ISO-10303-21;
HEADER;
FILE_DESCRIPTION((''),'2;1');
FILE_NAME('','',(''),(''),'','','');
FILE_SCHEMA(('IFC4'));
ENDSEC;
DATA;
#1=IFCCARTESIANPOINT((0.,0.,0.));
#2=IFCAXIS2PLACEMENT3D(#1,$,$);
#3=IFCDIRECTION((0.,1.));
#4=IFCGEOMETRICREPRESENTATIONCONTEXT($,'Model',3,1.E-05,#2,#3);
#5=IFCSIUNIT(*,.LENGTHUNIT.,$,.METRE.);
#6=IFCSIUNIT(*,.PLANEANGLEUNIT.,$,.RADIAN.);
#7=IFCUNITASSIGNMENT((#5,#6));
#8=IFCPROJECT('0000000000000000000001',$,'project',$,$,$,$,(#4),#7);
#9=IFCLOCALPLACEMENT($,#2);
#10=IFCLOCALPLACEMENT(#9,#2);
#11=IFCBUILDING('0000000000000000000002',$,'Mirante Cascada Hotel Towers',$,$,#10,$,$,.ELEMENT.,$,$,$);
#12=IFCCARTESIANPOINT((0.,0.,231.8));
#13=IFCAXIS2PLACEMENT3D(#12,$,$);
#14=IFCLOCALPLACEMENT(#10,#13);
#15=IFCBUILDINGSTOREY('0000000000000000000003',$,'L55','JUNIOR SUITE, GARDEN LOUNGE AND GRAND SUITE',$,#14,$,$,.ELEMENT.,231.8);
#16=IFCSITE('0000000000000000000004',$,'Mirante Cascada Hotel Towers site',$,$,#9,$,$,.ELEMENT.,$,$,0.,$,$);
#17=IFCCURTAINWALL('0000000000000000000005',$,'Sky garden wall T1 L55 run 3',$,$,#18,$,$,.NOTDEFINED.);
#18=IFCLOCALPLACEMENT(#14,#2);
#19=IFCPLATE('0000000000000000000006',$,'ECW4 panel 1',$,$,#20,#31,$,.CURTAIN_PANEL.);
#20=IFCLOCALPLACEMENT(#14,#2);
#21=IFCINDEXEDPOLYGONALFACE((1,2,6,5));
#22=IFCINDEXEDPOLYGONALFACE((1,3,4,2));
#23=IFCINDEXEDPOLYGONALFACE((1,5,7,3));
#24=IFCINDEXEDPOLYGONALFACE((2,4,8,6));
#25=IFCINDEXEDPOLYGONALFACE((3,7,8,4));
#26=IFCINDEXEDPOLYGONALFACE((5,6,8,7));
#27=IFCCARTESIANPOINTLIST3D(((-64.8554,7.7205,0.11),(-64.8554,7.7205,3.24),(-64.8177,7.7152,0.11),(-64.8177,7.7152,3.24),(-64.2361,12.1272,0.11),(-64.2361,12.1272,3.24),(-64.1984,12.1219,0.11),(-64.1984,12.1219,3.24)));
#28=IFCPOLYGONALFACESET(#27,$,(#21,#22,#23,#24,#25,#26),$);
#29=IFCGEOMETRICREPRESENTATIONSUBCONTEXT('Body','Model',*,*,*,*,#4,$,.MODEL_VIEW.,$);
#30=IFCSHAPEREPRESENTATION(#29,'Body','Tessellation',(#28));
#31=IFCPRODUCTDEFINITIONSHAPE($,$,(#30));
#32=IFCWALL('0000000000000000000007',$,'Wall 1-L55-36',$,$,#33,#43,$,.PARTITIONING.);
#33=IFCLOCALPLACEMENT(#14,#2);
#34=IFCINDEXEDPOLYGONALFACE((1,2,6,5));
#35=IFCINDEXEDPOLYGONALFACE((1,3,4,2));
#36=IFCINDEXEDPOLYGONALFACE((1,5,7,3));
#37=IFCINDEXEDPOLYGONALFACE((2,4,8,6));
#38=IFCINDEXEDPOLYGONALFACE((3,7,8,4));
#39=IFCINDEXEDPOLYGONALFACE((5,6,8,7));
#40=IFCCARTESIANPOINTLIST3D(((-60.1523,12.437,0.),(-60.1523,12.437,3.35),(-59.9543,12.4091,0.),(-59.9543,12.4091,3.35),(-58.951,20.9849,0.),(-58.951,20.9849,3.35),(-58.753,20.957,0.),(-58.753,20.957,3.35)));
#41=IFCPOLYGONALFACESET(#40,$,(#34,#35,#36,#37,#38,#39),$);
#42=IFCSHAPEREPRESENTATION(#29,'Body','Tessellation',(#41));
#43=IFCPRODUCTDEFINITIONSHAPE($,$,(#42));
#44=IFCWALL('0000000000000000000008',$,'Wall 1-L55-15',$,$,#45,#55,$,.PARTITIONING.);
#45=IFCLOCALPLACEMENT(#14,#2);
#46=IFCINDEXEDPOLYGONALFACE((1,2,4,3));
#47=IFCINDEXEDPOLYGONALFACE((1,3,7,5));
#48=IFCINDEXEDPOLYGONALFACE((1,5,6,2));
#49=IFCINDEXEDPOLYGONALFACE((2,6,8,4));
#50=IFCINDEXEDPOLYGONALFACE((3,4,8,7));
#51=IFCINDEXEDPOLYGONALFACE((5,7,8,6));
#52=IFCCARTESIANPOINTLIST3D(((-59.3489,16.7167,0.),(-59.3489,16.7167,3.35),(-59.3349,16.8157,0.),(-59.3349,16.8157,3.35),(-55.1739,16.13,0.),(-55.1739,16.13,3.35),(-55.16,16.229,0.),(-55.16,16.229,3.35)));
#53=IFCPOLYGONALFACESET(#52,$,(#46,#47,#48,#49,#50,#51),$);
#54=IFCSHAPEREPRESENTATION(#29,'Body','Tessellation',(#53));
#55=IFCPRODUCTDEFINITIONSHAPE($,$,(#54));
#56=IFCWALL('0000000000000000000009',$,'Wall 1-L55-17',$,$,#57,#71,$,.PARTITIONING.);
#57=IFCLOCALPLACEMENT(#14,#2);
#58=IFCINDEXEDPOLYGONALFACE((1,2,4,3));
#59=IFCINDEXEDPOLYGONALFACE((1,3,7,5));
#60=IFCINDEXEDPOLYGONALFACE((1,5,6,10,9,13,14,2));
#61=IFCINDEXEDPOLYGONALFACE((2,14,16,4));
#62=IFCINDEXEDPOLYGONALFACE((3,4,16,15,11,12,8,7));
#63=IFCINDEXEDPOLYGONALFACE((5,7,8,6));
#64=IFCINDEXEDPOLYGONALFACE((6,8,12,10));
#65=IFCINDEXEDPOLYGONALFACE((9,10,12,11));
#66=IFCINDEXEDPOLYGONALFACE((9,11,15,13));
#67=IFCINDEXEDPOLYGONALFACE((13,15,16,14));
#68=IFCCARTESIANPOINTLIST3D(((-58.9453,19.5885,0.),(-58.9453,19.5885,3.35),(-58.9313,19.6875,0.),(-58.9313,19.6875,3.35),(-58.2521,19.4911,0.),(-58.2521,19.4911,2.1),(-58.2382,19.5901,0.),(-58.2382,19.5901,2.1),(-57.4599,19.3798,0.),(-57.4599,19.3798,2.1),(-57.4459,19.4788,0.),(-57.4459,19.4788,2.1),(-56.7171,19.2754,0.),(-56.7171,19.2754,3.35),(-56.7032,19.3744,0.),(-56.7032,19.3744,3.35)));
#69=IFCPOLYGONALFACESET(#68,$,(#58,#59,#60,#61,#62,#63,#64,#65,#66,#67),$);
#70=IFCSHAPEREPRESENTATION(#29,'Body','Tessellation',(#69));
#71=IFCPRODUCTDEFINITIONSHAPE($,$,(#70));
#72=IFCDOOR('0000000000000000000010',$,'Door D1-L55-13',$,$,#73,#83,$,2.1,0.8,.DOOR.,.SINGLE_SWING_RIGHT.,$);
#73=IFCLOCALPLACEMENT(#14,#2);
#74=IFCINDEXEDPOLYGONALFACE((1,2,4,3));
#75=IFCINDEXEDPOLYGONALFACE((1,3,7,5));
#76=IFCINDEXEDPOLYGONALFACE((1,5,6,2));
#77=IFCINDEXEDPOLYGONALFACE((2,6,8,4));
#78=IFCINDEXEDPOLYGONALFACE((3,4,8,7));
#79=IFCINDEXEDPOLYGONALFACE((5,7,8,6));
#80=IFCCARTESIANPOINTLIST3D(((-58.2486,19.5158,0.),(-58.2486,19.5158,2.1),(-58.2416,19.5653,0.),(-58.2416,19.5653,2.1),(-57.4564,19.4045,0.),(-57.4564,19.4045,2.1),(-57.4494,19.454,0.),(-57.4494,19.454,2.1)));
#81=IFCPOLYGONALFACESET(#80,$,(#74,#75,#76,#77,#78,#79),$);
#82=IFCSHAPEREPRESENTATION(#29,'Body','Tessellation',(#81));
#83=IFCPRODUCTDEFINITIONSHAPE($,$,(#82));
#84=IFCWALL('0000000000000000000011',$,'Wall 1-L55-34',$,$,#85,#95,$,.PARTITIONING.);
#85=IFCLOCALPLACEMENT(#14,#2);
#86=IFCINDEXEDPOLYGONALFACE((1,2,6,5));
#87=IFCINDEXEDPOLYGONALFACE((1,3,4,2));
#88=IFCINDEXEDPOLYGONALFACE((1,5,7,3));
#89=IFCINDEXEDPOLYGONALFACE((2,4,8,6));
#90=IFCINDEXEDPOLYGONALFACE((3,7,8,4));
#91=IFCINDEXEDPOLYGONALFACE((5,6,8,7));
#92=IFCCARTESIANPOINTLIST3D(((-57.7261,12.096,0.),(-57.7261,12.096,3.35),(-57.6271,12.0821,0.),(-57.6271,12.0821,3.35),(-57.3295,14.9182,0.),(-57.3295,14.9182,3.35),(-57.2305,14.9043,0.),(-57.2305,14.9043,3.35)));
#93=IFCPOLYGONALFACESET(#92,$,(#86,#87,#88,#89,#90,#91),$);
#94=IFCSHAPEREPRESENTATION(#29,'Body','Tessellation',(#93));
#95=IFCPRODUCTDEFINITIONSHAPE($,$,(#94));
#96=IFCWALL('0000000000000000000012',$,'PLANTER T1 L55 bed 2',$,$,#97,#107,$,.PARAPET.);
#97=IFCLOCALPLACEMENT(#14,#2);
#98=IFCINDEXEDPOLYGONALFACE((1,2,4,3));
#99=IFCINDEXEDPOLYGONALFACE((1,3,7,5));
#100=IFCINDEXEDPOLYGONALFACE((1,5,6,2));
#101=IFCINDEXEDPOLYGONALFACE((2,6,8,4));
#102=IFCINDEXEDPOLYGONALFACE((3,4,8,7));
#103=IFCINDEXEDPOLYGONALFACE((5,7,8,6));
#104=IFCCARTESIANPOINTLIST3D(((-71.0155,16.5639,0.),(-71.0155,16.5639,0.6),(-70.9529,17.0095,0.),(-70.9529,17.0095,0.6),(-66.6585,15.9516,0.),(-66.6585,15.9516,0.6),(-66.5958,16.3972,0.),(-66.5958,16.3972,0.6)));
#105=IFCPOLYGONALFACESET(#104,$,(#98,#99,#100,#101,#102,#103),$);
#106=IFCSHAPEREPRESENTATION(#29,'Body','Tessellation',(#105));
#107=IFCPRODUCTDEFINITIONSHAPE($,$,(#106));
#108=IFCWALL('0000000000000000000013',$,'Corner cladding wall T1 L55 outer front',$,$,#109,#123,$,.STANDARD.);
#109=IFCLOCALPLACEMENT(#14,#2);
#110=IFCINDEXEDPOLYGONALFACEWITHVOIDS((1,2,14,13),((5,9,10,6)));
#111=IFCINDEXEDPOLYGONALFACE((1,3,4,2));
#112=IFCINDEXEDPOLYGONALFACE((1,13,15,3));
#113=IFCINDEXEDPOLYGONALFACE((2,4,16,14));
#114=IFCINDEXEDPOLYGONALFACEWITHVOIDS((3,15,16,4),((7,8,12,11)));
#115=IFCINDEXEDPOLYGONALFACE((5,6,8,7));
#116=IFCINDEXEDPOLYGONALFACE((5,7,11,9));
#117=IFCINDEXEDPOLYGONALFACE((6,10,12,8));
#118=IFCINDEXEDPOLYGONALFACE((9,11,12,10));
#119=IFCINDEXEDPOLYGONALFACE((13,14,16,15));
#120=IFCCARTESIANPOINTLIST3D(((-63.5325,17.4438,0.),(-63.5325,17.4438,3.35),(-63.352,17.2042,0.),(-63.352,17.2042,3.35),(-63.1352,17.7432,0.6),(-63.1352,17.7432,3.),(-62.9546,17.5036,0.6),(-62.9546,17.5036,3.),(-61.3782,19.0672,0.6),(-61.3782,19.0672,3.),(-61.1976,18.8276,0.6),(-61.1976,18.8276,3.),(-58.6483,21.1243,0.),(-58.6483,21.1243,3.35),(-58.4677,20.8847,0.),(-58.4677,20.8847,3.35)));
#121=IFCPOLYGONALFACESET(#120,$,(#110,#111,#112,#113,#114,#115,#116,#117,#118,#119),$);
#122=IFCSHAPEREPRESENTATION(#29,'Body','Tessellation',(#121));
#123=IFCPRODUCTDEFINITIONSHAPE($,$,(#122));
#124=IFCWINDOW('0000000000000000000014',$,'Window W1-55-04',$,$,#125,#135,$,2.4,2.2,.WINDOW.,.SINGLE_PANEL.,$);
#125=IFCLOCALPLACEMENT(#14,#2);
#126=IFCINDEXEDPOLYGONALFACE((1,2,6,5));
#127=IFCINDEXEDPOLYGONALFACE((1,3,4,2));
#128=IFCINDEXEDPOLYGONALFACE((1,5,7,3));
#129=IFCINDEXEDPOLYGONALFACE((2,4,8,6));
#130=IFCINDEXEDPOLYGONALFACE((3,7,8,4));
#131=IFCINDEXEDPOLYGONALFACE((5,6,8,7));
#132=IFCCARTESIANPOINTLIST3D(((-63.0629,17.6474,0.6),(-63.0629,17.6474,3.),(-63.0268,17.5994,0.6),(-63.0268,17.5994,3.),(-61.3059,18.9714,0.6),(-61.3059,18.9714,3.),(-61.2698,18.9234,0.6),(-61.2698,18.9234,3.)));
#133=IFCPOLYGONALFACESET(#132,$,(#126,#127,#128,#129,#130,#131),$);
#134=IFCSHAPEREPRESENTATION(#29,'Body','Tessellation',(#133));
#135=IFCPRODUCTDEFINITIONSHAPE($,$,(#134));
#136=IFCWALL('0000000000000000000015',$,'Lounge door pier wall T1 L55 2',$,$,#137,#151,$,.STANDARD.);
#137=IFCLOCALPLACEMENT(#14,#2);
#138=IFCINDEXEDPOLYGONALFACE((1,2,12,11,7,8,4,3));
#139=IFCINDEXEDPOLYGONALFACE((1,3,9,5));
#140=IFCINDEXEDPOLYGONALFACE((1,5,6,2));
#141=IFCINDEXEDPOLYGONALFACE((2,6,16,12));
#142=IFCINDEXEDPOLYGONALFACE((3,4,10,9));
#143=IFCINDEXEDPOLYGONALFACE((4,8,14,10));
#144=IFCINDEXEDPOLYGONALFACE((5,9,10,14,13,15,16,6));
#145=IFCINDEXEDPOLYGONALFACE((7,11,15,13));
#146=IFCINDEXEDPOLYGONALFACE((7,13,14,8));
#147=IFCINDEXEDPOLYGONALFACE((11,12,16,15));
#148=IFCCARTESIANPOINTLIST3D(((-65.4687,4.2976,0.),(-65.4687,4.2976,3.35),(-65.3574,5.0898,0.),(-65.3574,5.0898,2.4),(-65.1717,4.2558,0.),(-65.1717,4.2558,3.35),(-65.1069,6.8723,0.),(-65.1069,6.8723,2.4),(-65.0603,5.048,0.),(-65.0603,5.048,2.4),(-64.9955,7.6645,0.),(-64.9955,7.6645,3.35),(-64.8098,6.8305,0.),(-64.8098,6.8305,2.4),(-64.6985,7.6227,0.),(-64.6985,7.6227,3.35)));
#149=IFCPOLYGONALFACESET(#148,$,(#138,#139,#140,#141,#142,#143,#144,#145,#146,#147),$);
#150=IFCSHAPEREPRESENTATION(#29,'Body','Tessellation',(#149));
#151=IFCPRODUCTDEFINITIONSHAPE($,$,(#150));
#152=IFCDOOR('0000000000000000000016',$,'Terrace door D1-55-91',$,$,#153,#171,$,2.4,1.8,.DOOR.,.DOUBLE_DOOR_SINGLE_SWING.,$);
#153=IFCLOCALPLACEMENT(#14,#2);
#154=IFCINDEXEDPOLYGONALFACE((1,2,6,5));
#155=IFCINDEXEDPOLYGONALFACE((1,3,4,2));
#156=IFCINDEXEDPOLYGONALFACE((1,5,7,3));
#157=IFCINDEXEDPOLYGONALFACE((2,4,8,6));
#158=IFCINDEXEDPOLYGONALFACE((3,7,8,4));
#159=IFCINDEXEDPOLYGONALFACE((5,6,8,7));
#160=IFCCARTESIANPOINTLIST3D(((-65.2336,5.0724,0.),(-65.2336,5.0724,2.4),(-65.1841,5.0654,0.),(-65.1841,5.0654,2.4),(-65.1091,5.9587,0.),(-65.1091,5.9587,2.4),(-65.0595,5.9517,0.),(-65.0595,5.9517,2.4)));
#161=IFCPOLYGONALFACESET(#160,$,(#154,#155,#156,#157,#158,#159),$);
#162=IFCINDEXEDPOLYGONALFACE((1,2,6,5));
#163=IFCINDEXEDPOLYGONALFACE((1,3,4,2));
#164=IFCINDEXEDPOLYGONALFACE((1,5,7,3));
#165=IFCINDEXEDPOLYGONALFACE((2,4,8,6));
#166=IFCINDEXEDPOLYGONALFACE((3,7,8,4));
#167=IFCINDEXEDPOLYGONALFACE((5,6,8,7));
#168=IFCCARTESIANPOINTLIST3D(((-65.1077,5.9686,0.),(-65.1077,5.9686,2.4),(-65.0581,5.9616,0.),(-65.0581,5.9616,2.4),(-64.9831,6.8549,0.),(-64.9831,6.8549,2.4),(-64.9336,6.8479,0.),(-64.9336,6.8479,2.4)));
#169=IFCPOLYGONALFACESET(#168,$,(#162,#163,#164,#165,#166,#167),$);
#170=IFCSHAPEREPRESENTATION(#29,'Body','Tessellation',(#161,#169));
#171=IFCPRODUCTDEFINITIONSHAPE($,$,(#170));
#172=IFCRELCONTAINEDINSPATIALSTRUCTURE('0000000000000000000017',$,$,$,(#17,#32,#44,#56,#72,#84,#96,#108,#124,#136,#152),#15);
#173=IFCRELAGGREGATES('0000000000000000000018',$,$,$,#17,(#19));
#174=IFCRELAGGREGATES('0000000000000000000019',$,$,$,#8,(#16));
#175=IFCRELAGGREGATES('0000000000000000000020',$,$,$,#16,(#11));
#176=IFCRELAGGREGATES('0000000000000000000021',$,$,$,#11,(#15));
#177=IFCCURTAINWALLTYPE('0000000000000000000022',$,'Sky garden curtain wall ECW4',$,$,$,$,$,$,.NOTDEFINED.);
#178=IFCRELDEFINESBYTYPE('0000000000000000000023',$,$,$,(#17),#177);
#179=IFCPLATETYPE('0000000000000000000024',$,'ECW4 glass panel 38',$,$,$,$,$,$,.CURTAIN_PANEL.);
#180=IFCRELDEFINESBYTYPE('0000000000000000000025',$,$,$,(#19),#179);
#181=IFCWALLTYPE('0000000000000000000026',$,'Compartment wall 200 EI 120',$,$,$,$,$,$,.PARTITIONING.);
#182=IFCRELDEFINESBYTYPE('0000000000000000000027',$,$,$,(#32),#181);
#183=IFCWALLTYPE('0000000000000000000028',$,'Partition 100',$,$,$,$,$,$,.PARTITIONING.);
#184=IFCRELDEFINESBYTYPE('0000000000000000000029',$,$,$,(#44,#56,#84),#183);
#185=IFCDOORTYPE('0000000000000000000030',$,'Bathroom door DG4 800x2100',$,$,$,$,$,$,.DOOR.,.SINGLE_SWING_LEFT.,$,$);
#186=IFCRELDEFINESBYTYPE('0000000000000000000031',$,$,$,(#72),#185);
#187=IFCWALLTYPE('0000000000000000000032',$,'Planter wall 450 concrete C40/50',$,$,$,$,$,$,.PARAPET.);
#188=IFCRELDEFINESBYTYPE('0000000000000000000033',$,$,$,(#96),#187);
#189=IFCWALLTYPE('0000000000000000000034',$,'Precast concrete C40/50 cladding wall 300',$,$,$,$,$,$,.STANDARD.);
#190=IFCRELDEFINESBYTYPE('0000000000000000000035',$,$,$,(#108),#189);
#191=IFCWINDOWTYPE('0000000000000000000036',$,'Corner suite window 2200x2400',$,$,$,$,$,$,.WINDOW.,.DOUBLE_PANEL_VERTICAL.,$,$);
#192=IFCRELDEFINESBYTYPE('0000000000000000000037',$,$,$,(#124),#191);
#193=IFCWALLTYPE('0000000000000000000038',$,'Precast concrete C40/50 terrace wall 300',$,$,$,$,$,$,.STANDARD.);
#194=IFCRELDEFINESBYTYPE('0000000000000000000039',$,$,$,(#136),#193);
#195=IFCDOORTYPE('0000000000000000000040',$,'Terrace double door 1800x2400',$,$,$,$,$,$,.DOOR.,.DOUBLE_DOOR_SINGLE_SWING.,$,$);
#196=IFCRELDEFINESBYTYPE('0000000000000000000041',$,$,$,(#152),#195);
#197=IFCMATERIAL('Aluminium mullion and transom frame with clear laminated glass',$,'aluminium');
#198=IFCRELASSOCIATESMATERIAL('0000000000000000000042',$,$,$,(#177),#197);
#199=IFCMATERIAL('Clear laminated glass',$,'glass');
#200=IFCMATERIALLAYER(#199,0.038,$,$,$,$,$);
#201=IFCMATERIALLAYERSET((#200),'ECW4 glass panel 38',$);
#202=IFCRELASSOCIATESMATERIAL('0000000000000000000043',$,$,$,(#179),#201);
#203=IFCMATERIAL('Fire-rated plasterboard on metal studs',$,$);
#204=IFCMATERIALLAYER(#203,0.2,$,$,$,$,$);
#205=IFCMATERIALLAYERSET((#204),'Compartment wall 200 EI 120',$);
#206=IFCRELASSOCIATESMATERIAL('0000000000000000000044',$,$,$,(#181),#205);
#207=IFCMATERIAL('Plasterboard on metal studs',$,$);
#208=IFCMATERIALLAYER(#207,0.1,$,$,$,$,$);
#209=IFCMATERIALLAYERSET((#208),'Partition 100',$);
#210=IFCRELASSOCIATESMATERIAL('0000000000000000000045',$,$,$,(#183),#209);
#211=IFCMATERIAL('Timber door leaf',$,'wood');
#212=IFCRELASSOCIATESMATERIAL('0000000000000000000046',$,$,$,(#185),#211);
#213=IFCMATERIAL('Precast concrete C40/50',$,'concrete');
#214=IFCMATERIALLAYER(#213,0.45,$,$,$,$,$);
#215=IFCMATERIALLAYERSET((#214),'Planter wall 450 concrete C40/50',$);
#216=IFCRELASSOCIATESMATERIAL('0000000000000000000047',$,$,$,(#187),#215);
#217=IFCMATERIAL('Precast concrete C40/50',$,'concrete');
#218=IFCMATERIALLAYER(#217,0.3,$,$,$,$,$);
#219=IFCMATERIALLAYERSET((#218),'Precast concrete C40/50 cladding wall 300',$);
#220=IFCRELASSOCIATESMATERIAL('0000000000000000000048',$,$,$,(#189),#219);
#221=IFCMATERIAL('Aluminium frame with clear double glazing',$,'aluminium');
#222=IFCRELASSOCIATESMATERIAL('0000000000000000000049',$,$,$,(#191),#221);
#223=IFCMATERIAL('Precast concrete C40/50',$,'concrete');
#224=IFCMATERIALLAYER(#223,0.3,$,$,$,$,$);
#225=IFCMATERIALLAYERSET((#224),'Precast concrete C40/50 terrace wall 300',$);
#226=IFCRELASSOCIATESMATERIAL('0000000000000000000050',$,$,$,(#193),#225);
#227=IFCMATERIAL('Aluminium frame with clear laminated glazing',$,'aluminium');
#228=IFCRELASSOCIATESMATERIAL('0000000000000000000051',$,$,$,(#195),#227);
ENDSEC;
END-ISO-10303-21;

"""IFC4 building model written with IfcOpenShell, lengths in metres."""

from ifc_helpers import new_model, si_unit, direction, frame, frame_2d, origin, origin_2d, place, context, subcontext, project, spatial, rectangle, extrude, material, layer, layer_set, type_object, element, fill, aggregate, save


model = new_model("IFC4")

# Units and contexts
model_context = context("Model", 3, precision=1e-05, world=origin(), true_north=direction((0.0, 1.0)))
body_context = subcontext(model_context, "Body", "Model", "MODEL_VIEW")
ifc_project = project(units=[si_unit("LENGTHUNIT", "METRE"), si_unit("PLANEANGLEUNIT", "RADIAN")], contexts=[model_context])

# Site, building, storey
site_placement = place(None, origin())
site = spatial("IfcSite", under=ifc_project, at=site_placement, Name="Mirante Cascada Hotel Towers site", CompositionType="ELEMENT", RefElevation=0.0)
building_placement = place(site_placement, origin())
building = spatial("IfcBuilding", under=site, at=building_placement, Name="Mirante Cascada Hotel Towers", CompositionType="ELEMENT")
storey_placement = place(building_placement, frame((0.0, 0.0, 231.8)))
storey = spatial("IfcBuildingStorey", under=building, at=storey_placement, Name="L55", Description="JUNIOR SUITE, GARDEN LOUNGE AND GRAND SUITE", CompositionType="ELEMENT", Elevation=231.8)

# Shared definitions
ifc_material_1 = material(Name="Aluminium mullion and transom frame with clear laminated glass", Category="aluminium")
curtain_wall_type_1 = type_object("IfcCurtainWallType", Name="Sky garden curtain wall ECW4", PredefinedType="NOTDEFINED", material=ifc_material_1)

# Curtain wall
curtain_wall_1_placement = place(storey_placement, origin())
curtain_wall_1 = element("IfcCurtainWall", 1, at=curtain_wall_1_placement, inside=storey, type_object=curtain_wall_type_1, Name="Sky garden wall T1 L55 run 3", PredefinedType="NOTDEFINED")

# Plate
ifc_material_2 = material(Name="Clear laminated glass", Category="glass")
ifc_layer_1 = layer(ifc_material_2, 0.038)
ifc_layer_set_1 = layer_set([ifc_layer_1], Name="ECW4 glass panel 38")
plate_type = type_object("IfcPlateType", Name="ECW4 glass panel 38", PredefinedType="CURTAIN_PANEL", material=ifc_layer_set_1)
plate_1_placement = place(storey_placement, frame((-64.5269, 9.9212, 0.11), z_axis=(0.0, 0.0, 1.0), x_axis=(0.139173, 0.990268, 0.0)))
plate_1 = element("IfcPlate", 2, at=plate_1_placement, type_object=plate_type, Name="ECW4 panel 1", PredefinedType="CURTAIN_PANEL", context=body_context, shape_type="SweptSolid", body=[
    extrude(rectangle(XDim=4.45, YDim=0.038, at=origin_2d()), origin(), (0.0, 0.0, 1.0), 3.13),
])
aggregate(curtain_wall_1, [plate_1])

# Walls
ifc_material_3 = material(Name="Fire-rated plasterboard on metal studs")
ifc_layer_2 = layer(ifc_material_3, 0.2)
ifc_layer_set_2 = layer_set([ifc_layer_2], Name="Compartment wall 200 EI 120")
wall_type_1 = type_object("IfcWallType", Name="Compartment wall 200 EI 120", PredefinedType="PARTITIONING", material=ifc_layer_set_2)
wall_1_placement = place(storey_placement, frame((-60.0533, 12.423, 0.0), z_axis=(0.0, 0.0, 1.0), x_axis=(0.13917, 0.990268, 0.0)))
element("IfcWall", 3, at=wall_1_placement, inside=storey, type_object=wall_type_1, Name="Wall 1-L55-36", PredefinedType="PARTITIONING", context=body_context, shape_type="SweptSolid", body=[
    extrude(rectangle(XDim=8.6319, YDim=0.2, at=frame_2d((4.316, 0.0))), origin(), (0.0, 0.0, 1.0), 3.35),
])
ifc_material_4 = material(Name="Plasterboard on metal studs")
ifc_layer_3 = layer(ifc_material_4, 0.1)
ifc_layer_set_3 = layer_set([ifc_layer_3], Name="Partition 100")
wall_type_2 = type_object("IfcWallType", Name="Partition 100", PredefinedType="PARTITIONING", material=ifc_layer_set_3)
wall_2_placement = place(storey_placement, frame((-59.3419, 16.7662, 0.0), z_axis=(0.0, 0.0, 1.0), x_axis=(0.99027, -0.13916, 0.0)))
element("IfcWall", 4, at=wall_2_placement, inside=storey, type_object=wall_type_2, Name="Wall 1-L55-15", PredefinedType="PARTITIONING", context=body_context, shape_type="SweptSolid", body=[
    extrude(rectangle(XDim=4.216, YDim=0.1, at=frame_2d((2.108, 0.0))), origin(), (0.0, 0.0, 1.0), 3.35),
])

# Wall, opening, door
wall_3_placement = place(storey_placement, frame((-58.9383, 19.638, 0.0), z_axis=(0.0, 0.0, 1.0), x_axis=(0.990271, -0.139156, 0.0)))
wall_3 = element("IfcWall", 5, at=wall_3_placement, inside=storey, type_object=wall_type_2, Name="Wall 1-L55-17", PredefinedType="PARTITIONING", context=body_context, shape_type="SweptSolid", body=[
    extrude(rectangle(XDim=2.25, YDim=0.1, at=frame_2d((1.125, 0.0))), origin(), (0.0, 0.0, 1.0), 3.35),
])
opening_1_placement = place(wall_3_placement, frame((0.7, 0.0, 0.0)))
opening_1 = element("IfcOpeningElement", 6, at=opening_1_placement, cuts=wall_3, PredefinedType="OPENING", context=body_context, shape_type="SweptSolid", body=[
    extrude(rectangle(XDim=0.8, YDim=2.1, at=frame_2d((0.4, 1.05))), frame((0.0, 0.05, 0.0), z_axis=(0.0, -1.0, 0.0), x_axis=(1.0, 0.0, 0.0)), (0.0, 0.0, 1.0), 0.1),
])
ifc_material_5 = material(Name="Timber door leaf", Category="wood")
door_type_1 = type_object("IfcDoorType", Name="Bathroom door DG4 800x2100", OperationType="SINGLE_SWING_LEFT", PredefinedType="DOOR", material=ifc_material_5)
door_1_placement = place(opening_1_placement, frame((0.8, 0.0, 0.0), z_axis=(0.0, 0.0, 1.0), x_axis=(-1.0, 0.0, 0.0)))
door_1 = element("IfcDoor", 7, at=door_1_placement, inside=storey, type_object=door_type_1, Name="Door D1-L55-13", OperationType="SINGLE_SWING_RIGHT", OverallHeight=2.1, OverallWidth=0.8, PredefinedType="DOOR", context=body_context, shape_type="SweptSolid", body=[
    extrude(rectangle(XDim=0.8, YDim=2.1, at=frame_2d((0.4, 1.05))), frame((0.0, 0.025, 0.0), z_axis=(0.0, -1.0, 0.0), x_axis=(1.0, 0.0, 0.0)), (0.0, 0.0, 1.0), 0.05),
])
fill(opening_1, door_1)

# Walls
wall_4_placement = place(storey_placement, frame((-57.6766, 12.089, 0.0), z_axis=(0.0, 0.0, 1.0), x_axis=(0.139161, 0.99027, 0.0)))
element("IfcWall", 8, at=wall_4_placement, inside=storey, type_object=wall_type_2, Name="Wall 1-L55-34", PredefinedType="PARTITIONING", context=body_context, shape_type="SweptSolid", body=[
    extrude(rectangle(XDim=2.8499, YDim=0.1, at=frame_2d((1.425, 0.0))), origin(), (0.0, 0.0, 1.0), 3.35),
])
ifc_material_6 = material(Name="Precast concrete C40/50", Category="concrete")
ifc_layer_4 = layer(ifc_material_6, 0.45)
ifc_layer_set_4 = layer_set([ifc_layer_4], Name="Planter wall 450 concrete C40/50")
wall_type_3 = type_object("IfcWallType", Name="Planter wall 450 concrete C40/50", PredefinedType="PARAPET", material=ifc_layer_set_4)
wall_5_placement = place(storey_placement, frame((-66.6271, 16.1744, 0.0), z_axis=(0.0, 0.0, 1.0), x_axis=(-0.99027, 0.139162, 0.0)))
element("IfcWall", 9, at=wall_5_placement, inside=storey, type_object=wall_type_3, Name="PLANTER T1 L55 bed 2", PredefinedType="PARAPET", context=body_context, shape_type="SweptSolid", body=[
    extrude(rectangle(XDim=4.3999, YDim=0.45, at=frame_2d((2.2, 0.0))), origin(), (0.0, 0.0, 1.0), 0.6),
])

# Wall, opening, window
ifc_material_7 = material(Name="Precast concrete C40/50", Category="concrete")
ifc_layer_5 = layer(ifc_material_7, 0.3)
ifc_layer_set_5 = layer_set([ifc_layer_5], Name="Precast concrete C40/50 cladding wall 300")
wall_type_4 = type_object("IfcWallType", Name="Precast concrete C40/50 cladding wall 300", PredefinedType="STANDARD", material=ifc_layer_set_5)
wall_6_placement = place(storey_placement, frame((-63.4422, 17.324, 0.0), z_axis=(0.0, 0.0, 1.0), x_axis=(0.798636, 0.601814, 0.0)))
wall_6 = element("IfcWall", 10, at=wall_6_placement, inside=storey, type_object=wall_type_4, Name="Corner cladding wall T1 L55 outer front", PredefinedType="STANDARD", context=body_context, shape_type="SweptSolid", body=[
    extrude(rectangle(XDim=6.1157, YDim=0.3, at=frame_2d((3.0578, 0.0))), origin(), (0.0, 0.0, 1.0), 3.35),
])
opening_2_placement = place(wall_6_placement, frame((0.4975, 0.0, 0.6)))
opening_2 = element("IfcOpeningElement", 11, at=opening_2_placement, cuts=wall_6, PredefinedType="OPENING", context=body_context, shape_type="SweptSolid", body=[
    extrude(rectangle(XDim=2.2, YDim=2.4, at=frame_2d((1.1, 1.2))), frame((0.0, 0.15, 0.0), z_axis=(0.0, -1.0, 0.0), x_axis=(1.0, 0.0, 0.0)), (0.0, 0.0, 1.0), 0.3),
])
ifc_material_8 = material(Name="Aluminium frame with clear double glazing", Category="aluminium")
window_type = type_object("IfcWindowType", Name="Corner suite window 2200x2400", PartitioningType="DOUBLE_PANEL_VERTICAL", PredefinedType="WINDOW", material=ifc_material_8)
window_placement = place(opening_2_placement, origin())
window = element("IfcWindow", 12, at=window_placement, inside=storey, type_object=window_type, Name="Window W1-55-04", OverallHeight=2.4, OverallWidth=2.2, PartitioningType="SINGLE_PANEL", PredefinedType="WINDOW", context=body_context, shape_type="SweptSolid", body=[
    extrude(rectangle(XDim=2.2, YDim=2.4, at=frame_2d((1.1, 1.2))), frame((0.0, 0.03, 0.0), z_axis=(0.0, -1.0, 0.0), x_axis=(1.0, 0.0, 0.0)), (0.0, 0.0, 1.0), 0.06),
])
fill(opening_2, window)

# Wall, opening, door
ifc_material_9 = material(Name="Precast concrete C40/50", Category="concrete")
ifc_layer_6 = layer(ifc_material_9, 0.3)
ifc_layer_set_6 = layer_set([ifc_layer_6], Name="Precast concrete C40/50 terrace wall 300")
wall_type_5 = type_object("IfcWallType", Name="Precast concrete C40/50 terrace wall 300", PredefinedType="STANDARD", material=ifc_layer_set_6)
wall_7_placement = place(storey_placement, frame((-65.3202, 4.2767, 0.0), z_axis=(0.0, 0.0, 1.0), x_axis=(0.139177, 0.990267, 0.0)))
wall_7 = element("IfcWall", 13, at=wall_7_placement, inside=storey, type_object=wall_type_5, Name="Lounge door pier wall T1 L55 2", PredefinedType="STANDARD", context=body_context, shape_type="SweptSolid", body=[
    extrude(rectangle(XDim=3.4, YDim=0.3, at=frame_2d((1.7, 0.0))), origin(), (0.0, 0.0, 1.0), 3.35),
])
opening_3_placement = place(wall_7_placement, frame((0.8, 0.0, 0.0)))
opening_3 = element("IfcOpeningElement", 14, at=opening_3_placement, cuts=wall_7, PredefinedType="OPENING", context=body_context, shape_type="SweptSolid", body=[
    extrude(rectangle(XDim=1.8, YDim=2.4, at=frame_2d((0.9, 1.2))), frame((0.0, 0.15, 0.0), z_axis=(0.0, -1.0, 0.0), x_axis=(1.0, 0.0, 0.0)), (0.0, 0.0, 1.0), 0.3),
])
ifc_material_10 = material(Name="Aluminium frame with clear laminated glazing", Category="aluminium")
door_type_2 = type_object("IfcDoorType", Name="Terrace double door 1800x2400", OperationType="DOUBLE_DOOR_SINGLE_SWING", PredefinedType="DOOR", material=ifc_material_10)
door_2_placement = place(opening_3_placement, origin())
door_2 = element("IfcDoor", 15, at=door_2_placement, inside=storey, type_object=door_type_2, Name="Terrace door D1-55-91", OperationType="DOUBLE_DOOR_SINGLE_SWING", OverallHeight=2.4, OverallWidth=1.8, PredefinedType="DOOR", context=body_context, shape_type="SweptSolid", body=[
    extrude(rectangle(XDim=0.895, YDim=2.4, at=frame_2d((0.4475, 1.2))), frame((0.0, 0.025, 0.0), z_axis=(0.0, -1.0, 0.0), x_axis=(1.0, 0.0, 0.0)), (0.0, 0.0, 1.0), 0.05),
    extrude(rectangle(XDim=0.895, YDim=2.4, at=frame_2d((1.3525, 1.2))), frame((0.0, 0.025, 0.0), z_axis=(0.0, -1.0, 0.0), x_axis=(1.0, 0.0, 0.0)), (0.0, 0.0, 1.0), 0.05),
])
fill(opening_3, door_2)

save(model, "model.ifc")
